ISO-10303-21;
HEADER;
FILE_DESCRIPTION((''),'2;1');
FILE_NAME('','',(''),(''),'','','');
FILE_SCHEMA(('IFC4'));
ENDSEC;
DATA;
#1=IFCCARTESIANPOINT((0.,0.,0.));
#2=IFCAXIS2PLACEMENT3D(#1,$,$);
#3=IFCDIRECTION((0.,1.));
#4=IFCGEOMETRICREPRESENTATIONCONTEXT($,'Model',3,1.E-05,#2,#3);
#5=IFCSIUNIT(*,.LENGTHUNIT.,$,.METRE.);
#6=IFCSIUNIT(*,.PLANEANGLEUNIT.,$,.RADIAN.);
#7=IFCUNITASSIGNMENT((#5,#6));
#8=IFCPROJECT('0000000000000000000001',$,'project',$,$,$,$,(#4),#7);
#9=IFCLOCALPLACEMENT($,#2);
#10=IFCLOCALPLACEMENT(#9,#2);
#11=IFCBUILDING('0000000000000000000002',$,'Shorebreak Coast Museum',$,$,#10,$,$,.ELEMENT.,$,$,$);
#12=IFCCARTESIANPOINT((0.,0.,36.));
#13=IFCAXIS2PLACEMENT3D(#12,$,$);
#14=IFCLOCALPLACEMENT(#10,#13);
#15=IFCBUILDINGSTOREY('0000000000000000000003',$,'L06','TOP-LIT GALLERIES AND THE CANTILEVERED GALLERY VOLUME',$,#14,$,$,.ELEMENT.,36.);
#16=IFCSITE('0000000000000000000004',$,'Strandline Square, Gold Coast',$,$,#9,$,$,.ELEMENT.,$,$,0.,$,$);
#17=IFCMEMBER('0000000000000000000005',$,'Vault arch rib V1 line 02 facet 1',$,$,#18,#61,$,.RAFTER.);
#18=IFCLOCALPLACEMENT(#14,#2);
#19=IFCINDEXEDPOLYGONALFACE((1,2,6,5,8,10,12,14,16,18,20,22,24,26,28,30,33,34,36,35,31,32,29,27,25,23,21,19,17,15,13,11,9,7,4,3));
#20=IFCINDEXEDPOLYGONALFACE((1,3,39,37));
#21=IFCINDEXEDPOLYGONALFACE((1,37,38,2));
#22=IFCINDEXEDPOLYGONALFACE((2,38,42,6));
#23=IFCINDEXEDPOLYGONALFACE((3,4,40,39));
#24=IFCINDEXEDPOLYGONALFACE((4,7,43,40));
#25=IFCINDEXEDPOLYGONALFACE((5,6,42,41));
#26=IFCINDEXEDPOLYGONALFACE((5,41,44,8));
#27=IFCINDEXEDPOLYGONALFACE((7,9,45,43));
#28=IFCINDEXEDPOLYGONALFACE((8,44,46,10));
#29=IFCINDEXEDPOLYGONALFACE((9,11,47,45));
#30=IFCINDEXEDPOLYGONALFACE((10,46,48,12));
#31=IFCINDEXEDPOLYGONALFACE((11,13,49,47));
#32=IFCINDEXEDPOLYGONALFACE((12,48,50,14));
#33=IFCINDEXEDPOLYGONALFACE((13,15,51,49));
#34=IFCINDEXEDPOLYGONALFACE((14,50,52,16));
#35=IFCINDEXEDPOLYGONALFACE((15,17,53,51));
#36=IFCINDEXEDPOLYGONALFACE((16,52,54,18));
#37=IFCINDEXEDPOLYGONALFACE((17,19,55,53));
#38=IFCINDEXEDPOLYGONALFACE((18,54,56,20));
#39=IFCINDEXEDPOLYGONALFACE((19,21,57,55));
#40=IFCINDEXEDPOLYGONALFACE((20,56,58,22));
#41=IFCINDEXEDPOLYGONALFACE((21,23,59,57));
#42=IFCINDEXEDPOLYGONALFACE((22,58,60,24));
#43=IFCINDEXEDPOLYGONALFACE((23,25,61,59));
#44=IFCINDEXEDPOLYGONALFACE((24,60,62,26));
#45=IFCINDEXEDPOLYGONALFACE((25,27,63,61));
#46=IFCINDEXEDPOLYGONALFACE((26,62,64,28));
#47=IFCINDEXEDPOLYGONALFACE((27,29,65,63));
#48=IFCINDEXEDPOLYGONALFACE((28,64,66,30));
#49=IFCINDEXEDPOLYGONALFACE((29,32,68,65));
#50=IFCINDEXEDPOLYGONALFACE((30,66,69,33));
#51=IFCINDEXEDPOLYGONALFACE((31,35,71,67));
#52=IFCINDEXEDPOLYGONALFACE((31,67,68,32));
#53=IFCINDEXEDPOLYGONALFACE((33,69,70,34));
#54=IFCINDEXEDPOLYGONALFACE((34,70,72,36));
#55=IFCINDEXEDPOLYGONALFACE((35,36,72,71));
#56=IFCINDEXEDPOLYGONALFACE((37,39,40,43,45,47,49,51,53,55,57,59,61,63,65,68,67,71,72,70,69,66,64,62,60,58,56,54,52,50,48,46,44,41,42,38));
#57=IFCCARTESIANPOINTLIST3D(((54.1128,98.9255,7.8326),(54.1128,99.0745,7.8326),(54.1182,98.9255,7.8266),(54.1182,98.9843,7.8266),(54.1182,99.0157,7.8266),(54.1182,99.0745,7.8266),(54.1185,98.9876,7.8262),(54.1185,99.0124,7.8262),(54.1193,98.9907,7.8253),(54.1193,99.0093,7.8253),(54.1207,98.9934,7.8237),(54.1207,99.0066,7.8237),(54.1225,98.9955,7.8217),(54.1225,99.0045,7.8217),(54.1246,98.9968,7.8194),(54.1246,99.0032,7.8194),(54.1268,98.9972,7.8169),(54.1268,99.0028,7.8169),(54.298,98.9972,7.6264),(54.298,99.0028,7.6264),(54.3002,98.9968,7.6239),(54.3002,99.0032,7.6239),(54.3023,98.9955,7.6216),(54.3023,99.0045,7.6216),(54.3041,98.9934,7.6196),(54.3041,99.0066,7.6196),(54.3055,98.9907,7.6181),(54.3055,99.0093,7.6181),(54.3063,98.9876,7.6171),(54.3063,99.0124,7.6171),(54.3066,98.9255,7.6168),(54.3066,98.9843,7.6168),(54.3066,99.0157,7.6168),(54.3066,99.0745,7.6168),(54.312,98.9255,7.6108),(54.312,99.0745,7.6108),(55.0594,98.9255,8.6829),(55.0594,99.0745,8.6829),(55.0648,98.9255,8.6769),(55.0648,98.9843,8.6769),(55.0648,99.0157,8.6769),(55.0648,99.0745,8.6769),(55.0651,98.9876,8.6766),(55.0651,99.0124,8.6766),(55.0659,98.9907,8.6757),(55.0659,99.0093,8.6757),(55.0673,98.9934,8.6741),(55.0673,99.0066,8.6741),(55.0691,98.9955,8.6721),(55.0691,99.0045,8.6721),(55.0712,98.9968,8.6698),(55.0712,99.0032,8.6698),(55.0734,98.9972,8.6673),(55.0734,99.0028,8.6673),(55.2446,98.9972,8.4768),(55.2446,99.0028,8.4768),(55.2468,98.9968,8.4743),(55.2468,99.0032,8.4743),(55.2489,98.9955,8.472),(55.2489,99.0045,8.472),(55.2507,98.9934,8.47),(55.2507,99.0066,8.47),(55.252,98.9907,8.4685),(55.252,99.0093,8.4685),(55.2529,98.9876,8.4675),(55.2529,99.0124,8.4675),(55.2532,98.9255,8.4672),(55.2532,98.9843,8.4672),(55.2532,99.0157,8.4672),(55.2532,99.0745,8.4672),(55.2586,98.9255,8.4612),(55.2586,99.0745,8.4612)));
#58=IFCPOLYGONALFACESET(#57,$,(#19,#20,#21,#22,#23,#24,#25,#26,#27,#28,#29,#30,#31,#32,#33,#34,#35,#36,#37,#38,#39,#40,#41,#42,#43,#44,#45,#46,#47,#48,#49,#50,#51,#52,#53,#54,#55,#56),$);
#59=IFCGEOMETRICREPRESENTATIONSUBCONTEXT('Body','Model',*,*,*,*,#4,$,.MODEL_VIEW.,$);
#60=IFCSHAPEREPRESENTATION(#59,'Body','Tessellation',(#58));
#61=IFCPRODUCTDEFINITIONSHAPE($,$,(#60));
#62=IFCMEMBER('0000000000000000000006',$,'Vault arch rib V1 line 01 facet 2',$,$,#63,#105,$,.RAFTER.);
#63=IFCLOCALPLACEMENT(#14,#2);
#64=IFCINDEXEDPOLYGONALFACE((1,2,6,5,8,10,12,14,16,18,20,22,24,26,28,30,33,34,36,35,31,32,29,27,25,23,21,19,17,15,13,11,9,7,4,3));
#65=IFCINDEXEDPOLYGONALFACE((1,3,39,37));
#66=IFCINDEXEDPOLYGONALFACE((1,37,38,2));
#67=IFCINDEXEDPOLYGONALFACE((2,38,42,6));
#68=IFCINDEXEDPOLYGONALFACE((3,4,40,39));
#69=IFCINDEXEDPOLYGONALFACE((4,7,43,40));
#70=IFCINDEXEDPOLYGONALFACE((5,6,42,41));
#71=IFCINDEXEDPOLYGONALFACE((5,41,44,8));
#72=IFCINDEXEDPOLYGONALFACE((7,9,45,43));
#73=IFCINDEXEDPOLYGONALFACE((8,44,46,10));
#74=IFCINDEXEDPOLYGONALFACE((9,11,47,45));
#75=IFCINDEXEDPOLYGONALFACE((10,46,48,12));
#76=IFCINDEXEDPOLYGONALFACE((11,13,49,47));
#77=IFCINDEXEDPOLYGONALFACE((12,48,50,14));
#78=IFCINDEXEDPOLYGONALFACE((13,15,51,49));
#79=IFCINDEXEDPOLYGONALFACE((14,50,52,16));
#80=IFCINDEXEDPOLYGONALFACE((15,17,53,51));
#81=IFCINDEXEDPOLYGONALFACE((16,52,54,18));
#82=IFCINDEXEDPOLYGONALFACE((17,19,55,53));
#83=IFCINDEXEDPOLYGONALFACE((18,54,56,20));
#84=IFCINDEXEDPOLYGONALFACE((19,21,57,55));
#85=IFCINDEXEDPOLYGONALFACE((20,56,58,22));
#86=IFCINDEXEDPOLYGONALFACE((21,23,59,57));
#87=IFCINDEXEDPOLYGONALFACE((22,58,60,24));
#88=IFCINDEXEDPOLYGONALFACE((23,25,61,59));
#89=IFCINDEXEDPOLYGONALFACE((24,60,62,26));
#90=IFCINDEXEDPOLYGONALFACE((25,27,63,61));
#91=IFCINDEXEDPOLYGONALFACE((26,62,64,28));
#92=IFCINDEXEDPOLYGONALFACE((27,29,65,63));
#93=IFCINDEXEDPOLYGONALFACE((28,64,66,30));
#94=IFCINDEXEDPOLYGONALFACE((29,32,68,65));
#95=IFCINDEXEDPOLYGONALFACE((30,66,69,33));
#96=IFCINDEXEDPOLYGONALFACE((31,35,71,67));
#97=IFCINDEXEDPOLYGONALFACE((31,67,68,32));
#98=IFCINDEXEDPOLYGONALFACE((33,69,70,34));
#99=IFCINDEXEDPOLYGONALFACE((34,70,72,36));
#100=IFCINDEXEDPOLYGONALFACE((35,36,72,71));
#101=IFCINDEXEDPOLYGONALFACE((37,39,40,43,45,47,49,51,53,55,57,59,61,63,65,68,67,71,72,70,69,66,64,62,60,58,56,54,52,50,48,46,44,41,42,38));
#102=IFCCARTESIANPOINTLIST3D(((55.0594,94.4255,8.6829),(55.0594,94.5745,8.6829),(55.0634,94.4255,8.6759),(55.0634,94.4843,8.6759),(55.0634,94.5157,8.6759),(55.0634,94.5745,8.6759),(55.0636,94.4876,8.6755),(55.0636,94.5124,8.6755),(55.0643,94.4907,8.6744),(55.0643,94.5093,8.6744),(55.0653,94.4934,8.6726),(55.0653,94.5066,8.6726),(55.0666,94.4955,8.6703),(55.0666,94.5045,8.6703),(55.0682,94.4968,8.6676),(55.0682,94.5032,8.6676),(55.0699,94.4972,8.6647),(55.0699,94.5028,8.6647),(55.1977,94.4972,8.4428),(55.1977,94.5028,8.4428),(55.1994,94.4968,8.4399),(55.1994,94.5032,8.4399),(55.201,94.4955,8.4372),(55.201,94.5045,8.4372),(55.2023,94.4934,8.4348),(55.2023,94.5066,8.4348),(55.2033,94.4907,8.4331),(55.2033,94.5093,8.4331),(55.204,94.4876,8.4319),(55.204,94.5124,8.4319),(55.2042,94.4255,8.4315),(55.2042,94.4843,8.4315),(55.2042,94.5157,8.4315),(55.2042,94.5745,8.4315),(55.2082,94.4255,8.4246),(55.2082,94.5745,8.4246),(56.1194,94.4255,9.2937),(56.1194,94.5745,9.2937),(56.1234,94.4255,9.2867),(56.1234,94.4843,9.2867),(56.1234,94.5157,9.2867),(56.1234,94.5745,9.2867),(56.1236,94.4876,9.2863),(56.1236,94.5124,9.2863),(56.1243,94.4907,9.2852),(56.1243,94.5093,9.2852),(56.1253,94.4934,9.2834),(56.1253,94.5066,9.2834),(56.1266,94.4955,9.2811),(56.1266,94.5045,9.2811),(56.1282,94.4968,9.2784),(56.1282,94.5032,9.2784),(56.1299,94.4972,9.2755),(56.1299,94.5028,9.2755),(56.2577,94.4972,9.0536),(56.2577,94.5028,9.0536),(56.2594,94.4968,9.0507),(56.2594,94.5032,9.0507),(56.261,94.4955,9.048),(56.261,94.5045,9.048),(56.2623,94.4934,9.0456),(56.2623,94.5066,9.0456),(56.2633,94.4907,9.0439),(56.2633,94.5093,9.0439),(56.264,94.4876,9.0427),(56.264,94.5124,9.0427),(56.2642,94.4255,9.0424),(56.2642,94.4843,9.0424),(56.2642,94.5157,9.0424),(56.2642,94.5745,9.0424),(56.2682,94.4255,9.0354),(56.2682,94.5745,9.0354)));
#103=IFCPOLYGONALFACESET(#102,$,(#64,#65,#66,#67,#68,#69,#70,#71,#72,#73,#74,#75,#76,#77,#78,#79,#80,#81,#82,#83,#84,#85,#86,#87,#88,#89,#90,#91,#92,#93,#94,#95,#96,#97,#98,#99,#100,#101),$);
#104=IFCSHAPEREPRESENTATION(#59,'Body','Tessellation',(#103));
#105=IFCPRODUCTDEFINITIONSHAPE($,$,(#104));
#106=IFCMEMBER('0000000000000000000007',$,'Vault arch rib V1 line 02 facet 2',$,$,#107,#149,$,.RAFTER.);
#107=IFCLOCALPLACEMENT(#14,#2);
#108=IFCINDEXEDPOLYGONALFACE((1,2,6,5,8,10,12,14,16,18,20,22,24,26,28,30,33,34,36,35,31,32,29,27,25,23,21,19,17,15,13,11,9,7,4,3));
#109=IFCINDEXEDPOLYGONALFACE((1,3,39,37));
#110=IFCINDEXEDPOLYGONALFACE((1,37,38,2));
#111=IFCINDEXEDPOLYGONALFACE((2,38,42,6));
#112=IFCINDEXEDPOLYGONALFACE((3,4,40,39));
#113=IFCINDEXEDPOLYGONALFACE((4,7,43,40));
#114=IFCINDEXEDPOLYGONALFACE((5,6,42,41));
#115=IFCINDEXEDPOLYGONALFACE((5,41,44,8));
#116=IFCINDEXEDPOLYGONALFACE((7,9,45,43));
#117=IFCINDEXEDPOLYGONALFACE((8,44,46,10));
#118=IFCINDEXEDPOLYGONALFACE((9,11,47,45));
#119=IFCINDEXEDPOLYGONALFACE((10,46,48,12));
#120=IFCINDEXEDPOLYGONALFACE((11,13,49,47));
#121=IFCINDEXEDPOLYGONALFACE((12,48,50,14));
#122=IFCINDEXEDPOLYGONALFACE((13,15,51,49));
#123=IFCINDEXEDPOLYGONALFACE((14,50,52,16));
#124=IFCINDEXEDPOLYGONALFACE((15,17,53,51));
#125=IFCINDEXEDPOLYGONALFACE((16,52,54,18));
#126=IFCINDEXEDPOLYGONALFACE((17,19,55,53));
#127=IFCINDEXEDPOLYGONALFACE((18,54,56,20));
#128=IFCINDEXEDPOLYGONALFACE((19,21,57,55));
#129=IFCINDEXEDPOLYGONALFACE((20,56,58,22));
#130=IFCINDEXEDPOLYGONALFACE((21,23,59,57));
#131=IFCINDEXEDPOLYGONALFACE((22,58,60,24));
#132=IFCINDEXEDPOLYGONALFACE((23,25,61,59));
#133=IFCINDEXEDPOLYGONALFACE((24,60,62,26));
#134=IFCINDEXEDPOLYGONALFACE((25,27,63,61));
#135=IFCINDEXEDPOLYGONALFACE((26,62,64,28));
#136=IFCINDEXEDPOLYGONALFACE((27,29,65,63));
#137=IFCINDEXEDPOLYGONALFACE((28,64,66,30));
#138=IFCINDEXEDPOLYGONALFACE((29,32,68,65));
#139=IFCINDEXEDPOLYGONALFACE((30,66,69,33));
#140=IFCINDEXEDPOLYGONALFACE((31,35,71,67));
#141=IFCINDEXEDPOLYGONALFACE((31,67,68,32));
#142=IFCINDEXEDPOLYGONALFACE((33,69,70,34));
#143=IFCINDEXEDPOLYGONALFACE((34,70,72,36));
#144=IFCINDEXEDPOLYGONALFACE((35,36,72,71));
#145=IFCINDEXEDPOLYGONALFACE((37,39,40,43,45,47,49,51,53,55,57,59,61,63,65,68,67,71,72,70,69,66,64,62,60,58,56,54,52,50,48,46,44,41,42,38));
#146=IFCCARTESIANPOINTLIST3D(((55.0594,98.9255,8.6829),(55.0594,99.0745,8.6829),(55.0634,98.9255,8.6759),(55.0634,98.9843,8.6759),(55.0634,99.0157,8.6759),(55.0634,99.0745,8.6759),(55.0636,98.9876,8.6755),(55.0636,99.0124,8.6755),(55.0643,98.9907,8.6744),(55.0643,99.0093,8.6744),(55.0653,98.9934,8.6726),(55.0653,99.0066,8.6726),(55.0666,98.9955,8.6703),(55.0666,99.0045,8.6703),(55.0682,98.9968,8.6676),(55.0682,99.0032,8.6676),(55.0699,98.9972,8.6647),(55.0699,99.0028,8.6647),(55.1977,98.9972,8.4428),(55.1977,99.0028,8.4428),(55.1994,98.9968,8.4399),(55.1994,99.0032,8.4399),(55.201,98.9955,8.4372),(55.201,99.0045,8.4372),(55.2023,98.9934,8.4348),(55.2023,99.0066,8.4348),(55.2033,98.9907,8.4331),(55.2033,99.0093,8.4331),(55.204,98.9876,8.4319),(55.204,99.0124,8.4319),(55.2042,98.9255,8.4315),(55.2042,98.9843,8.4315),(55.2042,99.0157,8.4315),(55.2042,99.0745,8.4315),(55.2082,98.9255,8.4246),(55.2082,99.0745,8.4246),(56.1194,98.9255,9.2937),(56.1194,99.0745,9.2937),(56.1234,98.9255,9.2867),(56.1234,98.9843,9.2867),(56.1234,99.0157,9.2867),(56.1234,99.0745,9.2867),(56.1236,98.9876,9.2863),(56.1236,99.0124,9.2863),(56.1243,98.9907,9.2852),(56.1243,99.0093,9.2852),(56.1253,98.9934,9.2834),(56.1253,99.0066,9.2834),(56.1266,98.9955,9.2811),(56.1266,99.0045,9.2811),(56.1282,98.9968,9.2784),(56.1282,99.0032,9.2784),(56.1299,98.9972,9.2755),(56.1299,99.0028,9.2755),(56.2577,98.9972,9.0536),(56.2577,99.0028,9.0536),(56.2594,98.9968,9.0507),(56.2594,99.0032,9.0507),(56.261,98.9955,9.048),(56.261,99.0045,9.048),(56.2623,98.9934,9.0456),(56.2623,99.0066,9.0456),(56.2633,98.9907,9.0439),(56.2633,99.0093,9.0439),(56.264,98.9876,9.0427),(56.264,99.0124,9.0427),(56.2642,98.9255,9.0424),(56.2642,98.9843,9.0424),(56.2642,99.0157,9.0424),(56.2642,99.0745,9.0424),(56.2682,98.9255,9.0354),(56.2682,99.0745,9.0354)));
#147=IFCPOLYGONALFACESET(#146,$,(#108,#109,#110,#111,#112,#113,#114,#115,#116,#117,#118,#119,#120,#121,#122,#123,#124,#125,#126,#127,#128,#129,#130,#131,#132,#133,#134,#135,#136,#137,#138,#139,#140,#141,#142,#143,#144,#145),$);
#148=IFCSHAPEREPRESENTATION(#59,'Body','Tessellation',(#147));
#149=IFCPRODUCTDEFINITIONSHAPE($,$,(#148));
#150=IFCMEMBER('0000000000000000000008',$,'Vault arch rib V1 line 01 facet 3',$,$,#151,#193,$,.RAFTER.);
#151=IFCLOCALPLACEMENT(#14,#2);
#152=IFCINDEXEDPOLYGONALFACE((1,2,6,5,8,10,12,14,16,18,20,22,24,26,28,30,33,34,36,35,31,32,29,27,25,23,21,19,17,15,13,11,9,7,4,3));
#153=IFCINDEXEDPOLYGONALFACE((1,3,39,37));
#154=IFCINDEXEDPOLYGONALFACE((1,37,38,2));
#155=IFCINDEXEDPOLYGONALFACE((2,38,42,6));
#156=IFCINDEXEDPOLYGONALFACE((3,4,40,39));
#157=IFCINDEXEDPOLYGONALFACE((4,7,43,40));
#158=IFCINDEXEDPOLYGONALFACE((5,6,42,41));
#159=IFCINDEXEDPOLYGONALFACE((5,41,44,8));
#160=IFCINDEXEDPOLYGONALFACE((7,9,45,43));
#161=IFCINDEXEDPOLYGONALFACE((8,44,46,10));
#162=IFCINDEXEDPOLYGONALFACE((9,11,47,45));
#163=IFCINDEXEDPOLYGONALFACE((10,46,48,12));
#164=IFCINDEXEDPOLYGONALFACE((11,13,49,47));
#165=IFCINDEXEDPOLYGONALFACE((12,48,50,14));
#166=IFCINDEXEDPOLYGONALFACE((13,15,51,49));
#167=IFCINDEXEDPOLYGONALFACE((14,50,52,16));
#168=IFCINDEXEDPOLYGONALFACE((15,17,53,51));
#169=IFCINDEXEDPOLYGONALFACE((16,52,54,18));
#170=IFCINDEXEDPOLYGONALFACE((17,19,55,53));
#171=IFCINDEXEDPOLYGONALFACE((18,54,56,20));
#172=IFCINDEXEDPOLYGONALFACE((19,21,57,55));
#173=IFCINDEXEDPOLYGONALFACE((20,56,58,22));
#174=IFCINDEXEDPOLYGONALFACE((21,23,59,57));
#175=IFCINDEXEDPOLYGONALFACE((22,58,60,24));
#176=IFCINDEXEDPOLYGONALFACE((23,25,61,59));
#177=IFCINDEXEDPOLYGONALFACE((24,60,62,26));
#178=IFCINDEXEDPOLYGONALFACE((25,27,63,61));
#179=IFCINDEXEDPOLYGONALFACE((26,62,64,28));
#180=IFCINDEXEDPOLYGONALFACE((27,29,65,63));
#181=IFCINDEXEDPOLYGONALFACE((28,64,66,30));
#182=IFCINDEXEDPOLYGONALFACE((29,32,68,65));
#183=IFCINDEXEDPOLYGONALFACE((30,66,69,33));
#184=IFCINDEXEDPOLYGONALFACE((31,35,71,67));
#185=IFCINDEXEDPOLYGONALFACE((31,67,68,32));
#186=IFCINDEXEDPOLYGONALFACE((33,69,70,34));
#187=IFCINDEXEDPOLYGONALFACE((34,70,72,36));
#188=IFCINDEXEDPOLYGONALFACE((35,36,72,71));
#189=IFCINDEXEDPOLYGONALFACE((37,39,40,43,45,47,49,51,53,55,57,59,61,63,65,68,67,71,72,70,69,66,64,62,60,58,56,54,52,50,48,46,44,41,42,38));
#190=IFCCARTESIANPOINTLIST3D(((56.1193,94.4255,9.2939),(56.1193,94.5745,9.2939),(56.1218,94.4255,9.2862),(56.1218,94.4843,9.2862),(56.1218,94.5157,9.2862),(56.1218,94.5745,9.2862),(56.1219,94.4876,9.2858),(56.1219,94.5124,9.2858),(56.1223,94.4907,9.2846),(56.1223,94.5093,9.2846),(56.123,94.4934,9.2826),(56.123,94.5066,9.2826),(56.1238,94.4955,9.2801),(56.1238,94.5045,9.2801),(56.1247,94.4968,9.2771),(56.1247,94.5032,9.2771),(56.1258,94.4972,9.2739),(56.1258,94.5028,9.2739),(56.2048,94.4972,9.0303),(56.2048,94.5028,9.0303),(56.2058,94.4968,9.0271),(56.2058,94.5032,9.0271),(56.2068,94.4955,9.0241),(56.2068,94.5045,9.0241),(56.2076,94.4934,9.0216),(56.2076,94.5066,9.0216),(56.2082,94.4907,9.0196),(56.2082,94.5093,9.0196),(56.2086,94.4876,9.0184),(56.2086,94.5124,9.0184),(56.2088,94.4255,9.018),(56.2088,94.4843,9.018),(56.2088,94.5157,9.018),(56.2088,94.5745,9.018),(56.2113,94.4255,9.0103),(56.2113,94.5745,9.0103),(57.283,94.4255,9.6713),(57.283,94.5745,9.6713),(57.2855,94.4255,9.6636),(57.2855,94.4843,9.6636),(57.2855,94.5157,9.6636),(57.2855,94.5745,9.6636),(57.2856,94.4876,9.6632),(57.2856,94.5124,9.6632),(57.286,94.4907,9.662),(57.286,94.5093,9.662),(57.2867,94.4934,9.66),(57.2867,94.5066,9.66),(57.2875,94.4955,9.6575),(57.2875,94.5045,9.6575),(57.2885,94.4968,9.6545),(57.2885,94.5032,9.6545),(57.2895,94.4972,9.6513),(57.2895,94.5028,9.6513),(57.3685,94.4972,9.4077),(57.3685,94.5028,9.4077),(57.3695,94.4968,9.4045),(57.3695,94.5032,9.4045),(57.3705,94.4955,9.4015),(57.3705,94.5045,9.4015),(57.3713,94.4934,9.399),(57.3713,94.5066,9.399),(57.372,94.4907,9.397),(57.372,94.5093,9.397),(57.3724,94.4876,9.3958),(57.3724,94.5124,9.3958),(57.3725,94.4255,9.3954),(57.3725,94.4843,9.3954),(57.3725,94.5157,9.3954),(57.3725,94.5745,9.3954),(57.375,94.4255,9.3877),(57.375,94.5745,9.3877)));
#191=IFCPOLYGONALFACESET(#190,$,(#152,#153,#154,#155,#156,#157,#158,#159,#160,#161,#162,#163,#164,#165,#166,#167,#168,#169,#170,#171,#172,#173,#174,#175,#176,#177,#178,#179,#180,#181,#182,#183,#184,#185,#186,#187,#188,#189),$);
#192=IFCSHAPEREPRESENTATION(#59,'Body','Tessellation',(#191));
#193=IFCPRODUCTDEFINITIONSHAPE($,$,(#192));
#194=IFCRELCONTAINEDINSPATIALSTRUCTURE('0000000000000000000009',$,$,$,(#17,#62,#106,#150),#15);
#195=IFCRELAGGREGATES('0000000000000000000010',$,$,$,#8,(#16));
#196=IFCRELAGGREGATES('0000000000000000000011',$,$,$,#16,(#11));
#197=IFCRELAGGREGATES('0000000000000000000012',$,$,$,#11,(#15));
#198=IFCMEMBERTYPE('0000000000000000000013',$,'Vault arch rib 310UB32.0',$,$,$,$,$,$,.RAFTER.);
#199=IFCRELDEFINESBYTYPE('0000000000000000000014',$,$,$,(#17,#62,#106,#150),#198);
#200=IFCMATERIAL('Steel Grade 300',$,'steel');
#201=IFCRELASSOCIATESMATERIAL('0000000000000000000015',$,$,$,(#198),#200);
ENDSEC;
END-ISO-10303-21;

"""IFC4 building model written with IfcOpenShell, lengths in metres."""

from ifc_helpers import new_model, si_unit, direction, frame, origin, origin_2d, place, context, subcontext, project, spatial, i_section, extrude, material, material_profile, profile_set, type_object, element, save


model = new_model("IFC4")

# Units and contexts
model_context = context("Model", 3, precision=1e-05, world=origin(), true_north=direction((0.0, 1.0)))
body_context = subcontext(model_context, "Body", "Model", "MODEL_VIEW")
ifc_project = project(units=[si_unit("LENGTHUNIT", "METRE"), si_unit("PLANEANGLEUNIT", "RADIAN")], contexts=[model_context])

# Site, building, storey
site_placement = place(None, origin())
site = spatial("IfcSite", under=ifc_project, at=site_placement, Name="Strandline Square, Gold Coast", CompositionType="ELEMENT", RefElevation=0.0)
building_placement = place(site_placement, origin())
building = spatial("IfcBuilding", under=site, at=building_placement, Name="Shorebreak Coast Museum", CompositionType="ELEMENT")
storey_placement = place(building_placement, frame((0.0, 0.0, 36.0)))
storey = spatial("IfcBuildingStorey", under=building, at=storey_placement, Name="L06", Description="TOP-LIT GALLERIES AND THE CANTILEVERED GALLERY VOLUME", CompositionType="ELEMENT", Elevation=36.0)

# Members
ifc_material_1 = material(Name="Steel Grade 300", Category="steel")
ifc_material_profile_1 = material_profile(ifc_material_1, i_section(OverallWidth=0.1489, OverallDepth=0.2981, WebThickness=0.0056, FlangeThickness=0.0081, FilletRadius=0.0129, at=origin_2d()), Name="310UB32.0")
ifc_profile_set_1 = profile_set([ifc_material_profile_1], Name="Steel Grade 300")
member_type_1 = type_object("IfcMemberType", Name="Vault arch rib 310UB32.0", PredefinedType="RAFTER", material=ifc_profile_set_1)
for number, where, z_axis, x_axis, name in (
    (1, (54.2124, 99.0, 7.7217), (0.743895, 0.0, 0.668297), (0.0, 1.0, 0.0), "Vault arch rib V1 line 02 facet 1"),
):
    element("IfcMember", number, at=place(storey_placement, frame(where, z_axis=z_axis, x_axis=x_axis)), inside=storey, type_object=member_type_1, Name=name, PredefinedType="RAFTER", context=body_context, shape_type="SweptSolid", body=[
        extrude(i_section(OverallWidth=0.1489, OverallDepth=0.2981, WebThickness=0.0056, FlangeThickness=0.0081, FilletRadius=0.0129, at=origin_2d()), origin(), (0.0, 0.0, 1.0), 1.2725),
    ])
for number, where, z_axis, x_axis, name in (
    (2, (55.1338, 94.5, 8.5537), (0.866445, 0.0, 0.499273), (0.0, 1.0, 0.0), "Vault arch rib V1 line 01 facet 2"),
    (3, (55.1338, 99.0, 8.5537), (0.866445, 0.0, 0.499273), (0.0, 1.0, 0.0), "Vault arch rib V1 line 02 facet 2"),
    (4, (56.1653, 94.5, 9.1521), (0.951226, 0.0, 0.308495), (0.0, 1.0, 0.0), "Vault arch rib V1 line 01 facet 3"),
):
    element("IfcMember", number, at=place(storey_placement, frame(where, z_axis=z_axis, x_axis=x_axis)), inside=storey, type_object=member_type_1, Name=name, PredefinedType="RAFTER", context=body_context, shape_type="SweptSolid", body=[
        extrude(i_section(OverallWidth=0.1489, OverallDepth=0.2981, WebThickness=0.0056, FlangeThickness=0.0081, FilletRadius=0.0129, at=origin_2d()), origin(), (0.0, 0.0, 1.0), 1.2234),
    ])

save(model, "model.ifc")
